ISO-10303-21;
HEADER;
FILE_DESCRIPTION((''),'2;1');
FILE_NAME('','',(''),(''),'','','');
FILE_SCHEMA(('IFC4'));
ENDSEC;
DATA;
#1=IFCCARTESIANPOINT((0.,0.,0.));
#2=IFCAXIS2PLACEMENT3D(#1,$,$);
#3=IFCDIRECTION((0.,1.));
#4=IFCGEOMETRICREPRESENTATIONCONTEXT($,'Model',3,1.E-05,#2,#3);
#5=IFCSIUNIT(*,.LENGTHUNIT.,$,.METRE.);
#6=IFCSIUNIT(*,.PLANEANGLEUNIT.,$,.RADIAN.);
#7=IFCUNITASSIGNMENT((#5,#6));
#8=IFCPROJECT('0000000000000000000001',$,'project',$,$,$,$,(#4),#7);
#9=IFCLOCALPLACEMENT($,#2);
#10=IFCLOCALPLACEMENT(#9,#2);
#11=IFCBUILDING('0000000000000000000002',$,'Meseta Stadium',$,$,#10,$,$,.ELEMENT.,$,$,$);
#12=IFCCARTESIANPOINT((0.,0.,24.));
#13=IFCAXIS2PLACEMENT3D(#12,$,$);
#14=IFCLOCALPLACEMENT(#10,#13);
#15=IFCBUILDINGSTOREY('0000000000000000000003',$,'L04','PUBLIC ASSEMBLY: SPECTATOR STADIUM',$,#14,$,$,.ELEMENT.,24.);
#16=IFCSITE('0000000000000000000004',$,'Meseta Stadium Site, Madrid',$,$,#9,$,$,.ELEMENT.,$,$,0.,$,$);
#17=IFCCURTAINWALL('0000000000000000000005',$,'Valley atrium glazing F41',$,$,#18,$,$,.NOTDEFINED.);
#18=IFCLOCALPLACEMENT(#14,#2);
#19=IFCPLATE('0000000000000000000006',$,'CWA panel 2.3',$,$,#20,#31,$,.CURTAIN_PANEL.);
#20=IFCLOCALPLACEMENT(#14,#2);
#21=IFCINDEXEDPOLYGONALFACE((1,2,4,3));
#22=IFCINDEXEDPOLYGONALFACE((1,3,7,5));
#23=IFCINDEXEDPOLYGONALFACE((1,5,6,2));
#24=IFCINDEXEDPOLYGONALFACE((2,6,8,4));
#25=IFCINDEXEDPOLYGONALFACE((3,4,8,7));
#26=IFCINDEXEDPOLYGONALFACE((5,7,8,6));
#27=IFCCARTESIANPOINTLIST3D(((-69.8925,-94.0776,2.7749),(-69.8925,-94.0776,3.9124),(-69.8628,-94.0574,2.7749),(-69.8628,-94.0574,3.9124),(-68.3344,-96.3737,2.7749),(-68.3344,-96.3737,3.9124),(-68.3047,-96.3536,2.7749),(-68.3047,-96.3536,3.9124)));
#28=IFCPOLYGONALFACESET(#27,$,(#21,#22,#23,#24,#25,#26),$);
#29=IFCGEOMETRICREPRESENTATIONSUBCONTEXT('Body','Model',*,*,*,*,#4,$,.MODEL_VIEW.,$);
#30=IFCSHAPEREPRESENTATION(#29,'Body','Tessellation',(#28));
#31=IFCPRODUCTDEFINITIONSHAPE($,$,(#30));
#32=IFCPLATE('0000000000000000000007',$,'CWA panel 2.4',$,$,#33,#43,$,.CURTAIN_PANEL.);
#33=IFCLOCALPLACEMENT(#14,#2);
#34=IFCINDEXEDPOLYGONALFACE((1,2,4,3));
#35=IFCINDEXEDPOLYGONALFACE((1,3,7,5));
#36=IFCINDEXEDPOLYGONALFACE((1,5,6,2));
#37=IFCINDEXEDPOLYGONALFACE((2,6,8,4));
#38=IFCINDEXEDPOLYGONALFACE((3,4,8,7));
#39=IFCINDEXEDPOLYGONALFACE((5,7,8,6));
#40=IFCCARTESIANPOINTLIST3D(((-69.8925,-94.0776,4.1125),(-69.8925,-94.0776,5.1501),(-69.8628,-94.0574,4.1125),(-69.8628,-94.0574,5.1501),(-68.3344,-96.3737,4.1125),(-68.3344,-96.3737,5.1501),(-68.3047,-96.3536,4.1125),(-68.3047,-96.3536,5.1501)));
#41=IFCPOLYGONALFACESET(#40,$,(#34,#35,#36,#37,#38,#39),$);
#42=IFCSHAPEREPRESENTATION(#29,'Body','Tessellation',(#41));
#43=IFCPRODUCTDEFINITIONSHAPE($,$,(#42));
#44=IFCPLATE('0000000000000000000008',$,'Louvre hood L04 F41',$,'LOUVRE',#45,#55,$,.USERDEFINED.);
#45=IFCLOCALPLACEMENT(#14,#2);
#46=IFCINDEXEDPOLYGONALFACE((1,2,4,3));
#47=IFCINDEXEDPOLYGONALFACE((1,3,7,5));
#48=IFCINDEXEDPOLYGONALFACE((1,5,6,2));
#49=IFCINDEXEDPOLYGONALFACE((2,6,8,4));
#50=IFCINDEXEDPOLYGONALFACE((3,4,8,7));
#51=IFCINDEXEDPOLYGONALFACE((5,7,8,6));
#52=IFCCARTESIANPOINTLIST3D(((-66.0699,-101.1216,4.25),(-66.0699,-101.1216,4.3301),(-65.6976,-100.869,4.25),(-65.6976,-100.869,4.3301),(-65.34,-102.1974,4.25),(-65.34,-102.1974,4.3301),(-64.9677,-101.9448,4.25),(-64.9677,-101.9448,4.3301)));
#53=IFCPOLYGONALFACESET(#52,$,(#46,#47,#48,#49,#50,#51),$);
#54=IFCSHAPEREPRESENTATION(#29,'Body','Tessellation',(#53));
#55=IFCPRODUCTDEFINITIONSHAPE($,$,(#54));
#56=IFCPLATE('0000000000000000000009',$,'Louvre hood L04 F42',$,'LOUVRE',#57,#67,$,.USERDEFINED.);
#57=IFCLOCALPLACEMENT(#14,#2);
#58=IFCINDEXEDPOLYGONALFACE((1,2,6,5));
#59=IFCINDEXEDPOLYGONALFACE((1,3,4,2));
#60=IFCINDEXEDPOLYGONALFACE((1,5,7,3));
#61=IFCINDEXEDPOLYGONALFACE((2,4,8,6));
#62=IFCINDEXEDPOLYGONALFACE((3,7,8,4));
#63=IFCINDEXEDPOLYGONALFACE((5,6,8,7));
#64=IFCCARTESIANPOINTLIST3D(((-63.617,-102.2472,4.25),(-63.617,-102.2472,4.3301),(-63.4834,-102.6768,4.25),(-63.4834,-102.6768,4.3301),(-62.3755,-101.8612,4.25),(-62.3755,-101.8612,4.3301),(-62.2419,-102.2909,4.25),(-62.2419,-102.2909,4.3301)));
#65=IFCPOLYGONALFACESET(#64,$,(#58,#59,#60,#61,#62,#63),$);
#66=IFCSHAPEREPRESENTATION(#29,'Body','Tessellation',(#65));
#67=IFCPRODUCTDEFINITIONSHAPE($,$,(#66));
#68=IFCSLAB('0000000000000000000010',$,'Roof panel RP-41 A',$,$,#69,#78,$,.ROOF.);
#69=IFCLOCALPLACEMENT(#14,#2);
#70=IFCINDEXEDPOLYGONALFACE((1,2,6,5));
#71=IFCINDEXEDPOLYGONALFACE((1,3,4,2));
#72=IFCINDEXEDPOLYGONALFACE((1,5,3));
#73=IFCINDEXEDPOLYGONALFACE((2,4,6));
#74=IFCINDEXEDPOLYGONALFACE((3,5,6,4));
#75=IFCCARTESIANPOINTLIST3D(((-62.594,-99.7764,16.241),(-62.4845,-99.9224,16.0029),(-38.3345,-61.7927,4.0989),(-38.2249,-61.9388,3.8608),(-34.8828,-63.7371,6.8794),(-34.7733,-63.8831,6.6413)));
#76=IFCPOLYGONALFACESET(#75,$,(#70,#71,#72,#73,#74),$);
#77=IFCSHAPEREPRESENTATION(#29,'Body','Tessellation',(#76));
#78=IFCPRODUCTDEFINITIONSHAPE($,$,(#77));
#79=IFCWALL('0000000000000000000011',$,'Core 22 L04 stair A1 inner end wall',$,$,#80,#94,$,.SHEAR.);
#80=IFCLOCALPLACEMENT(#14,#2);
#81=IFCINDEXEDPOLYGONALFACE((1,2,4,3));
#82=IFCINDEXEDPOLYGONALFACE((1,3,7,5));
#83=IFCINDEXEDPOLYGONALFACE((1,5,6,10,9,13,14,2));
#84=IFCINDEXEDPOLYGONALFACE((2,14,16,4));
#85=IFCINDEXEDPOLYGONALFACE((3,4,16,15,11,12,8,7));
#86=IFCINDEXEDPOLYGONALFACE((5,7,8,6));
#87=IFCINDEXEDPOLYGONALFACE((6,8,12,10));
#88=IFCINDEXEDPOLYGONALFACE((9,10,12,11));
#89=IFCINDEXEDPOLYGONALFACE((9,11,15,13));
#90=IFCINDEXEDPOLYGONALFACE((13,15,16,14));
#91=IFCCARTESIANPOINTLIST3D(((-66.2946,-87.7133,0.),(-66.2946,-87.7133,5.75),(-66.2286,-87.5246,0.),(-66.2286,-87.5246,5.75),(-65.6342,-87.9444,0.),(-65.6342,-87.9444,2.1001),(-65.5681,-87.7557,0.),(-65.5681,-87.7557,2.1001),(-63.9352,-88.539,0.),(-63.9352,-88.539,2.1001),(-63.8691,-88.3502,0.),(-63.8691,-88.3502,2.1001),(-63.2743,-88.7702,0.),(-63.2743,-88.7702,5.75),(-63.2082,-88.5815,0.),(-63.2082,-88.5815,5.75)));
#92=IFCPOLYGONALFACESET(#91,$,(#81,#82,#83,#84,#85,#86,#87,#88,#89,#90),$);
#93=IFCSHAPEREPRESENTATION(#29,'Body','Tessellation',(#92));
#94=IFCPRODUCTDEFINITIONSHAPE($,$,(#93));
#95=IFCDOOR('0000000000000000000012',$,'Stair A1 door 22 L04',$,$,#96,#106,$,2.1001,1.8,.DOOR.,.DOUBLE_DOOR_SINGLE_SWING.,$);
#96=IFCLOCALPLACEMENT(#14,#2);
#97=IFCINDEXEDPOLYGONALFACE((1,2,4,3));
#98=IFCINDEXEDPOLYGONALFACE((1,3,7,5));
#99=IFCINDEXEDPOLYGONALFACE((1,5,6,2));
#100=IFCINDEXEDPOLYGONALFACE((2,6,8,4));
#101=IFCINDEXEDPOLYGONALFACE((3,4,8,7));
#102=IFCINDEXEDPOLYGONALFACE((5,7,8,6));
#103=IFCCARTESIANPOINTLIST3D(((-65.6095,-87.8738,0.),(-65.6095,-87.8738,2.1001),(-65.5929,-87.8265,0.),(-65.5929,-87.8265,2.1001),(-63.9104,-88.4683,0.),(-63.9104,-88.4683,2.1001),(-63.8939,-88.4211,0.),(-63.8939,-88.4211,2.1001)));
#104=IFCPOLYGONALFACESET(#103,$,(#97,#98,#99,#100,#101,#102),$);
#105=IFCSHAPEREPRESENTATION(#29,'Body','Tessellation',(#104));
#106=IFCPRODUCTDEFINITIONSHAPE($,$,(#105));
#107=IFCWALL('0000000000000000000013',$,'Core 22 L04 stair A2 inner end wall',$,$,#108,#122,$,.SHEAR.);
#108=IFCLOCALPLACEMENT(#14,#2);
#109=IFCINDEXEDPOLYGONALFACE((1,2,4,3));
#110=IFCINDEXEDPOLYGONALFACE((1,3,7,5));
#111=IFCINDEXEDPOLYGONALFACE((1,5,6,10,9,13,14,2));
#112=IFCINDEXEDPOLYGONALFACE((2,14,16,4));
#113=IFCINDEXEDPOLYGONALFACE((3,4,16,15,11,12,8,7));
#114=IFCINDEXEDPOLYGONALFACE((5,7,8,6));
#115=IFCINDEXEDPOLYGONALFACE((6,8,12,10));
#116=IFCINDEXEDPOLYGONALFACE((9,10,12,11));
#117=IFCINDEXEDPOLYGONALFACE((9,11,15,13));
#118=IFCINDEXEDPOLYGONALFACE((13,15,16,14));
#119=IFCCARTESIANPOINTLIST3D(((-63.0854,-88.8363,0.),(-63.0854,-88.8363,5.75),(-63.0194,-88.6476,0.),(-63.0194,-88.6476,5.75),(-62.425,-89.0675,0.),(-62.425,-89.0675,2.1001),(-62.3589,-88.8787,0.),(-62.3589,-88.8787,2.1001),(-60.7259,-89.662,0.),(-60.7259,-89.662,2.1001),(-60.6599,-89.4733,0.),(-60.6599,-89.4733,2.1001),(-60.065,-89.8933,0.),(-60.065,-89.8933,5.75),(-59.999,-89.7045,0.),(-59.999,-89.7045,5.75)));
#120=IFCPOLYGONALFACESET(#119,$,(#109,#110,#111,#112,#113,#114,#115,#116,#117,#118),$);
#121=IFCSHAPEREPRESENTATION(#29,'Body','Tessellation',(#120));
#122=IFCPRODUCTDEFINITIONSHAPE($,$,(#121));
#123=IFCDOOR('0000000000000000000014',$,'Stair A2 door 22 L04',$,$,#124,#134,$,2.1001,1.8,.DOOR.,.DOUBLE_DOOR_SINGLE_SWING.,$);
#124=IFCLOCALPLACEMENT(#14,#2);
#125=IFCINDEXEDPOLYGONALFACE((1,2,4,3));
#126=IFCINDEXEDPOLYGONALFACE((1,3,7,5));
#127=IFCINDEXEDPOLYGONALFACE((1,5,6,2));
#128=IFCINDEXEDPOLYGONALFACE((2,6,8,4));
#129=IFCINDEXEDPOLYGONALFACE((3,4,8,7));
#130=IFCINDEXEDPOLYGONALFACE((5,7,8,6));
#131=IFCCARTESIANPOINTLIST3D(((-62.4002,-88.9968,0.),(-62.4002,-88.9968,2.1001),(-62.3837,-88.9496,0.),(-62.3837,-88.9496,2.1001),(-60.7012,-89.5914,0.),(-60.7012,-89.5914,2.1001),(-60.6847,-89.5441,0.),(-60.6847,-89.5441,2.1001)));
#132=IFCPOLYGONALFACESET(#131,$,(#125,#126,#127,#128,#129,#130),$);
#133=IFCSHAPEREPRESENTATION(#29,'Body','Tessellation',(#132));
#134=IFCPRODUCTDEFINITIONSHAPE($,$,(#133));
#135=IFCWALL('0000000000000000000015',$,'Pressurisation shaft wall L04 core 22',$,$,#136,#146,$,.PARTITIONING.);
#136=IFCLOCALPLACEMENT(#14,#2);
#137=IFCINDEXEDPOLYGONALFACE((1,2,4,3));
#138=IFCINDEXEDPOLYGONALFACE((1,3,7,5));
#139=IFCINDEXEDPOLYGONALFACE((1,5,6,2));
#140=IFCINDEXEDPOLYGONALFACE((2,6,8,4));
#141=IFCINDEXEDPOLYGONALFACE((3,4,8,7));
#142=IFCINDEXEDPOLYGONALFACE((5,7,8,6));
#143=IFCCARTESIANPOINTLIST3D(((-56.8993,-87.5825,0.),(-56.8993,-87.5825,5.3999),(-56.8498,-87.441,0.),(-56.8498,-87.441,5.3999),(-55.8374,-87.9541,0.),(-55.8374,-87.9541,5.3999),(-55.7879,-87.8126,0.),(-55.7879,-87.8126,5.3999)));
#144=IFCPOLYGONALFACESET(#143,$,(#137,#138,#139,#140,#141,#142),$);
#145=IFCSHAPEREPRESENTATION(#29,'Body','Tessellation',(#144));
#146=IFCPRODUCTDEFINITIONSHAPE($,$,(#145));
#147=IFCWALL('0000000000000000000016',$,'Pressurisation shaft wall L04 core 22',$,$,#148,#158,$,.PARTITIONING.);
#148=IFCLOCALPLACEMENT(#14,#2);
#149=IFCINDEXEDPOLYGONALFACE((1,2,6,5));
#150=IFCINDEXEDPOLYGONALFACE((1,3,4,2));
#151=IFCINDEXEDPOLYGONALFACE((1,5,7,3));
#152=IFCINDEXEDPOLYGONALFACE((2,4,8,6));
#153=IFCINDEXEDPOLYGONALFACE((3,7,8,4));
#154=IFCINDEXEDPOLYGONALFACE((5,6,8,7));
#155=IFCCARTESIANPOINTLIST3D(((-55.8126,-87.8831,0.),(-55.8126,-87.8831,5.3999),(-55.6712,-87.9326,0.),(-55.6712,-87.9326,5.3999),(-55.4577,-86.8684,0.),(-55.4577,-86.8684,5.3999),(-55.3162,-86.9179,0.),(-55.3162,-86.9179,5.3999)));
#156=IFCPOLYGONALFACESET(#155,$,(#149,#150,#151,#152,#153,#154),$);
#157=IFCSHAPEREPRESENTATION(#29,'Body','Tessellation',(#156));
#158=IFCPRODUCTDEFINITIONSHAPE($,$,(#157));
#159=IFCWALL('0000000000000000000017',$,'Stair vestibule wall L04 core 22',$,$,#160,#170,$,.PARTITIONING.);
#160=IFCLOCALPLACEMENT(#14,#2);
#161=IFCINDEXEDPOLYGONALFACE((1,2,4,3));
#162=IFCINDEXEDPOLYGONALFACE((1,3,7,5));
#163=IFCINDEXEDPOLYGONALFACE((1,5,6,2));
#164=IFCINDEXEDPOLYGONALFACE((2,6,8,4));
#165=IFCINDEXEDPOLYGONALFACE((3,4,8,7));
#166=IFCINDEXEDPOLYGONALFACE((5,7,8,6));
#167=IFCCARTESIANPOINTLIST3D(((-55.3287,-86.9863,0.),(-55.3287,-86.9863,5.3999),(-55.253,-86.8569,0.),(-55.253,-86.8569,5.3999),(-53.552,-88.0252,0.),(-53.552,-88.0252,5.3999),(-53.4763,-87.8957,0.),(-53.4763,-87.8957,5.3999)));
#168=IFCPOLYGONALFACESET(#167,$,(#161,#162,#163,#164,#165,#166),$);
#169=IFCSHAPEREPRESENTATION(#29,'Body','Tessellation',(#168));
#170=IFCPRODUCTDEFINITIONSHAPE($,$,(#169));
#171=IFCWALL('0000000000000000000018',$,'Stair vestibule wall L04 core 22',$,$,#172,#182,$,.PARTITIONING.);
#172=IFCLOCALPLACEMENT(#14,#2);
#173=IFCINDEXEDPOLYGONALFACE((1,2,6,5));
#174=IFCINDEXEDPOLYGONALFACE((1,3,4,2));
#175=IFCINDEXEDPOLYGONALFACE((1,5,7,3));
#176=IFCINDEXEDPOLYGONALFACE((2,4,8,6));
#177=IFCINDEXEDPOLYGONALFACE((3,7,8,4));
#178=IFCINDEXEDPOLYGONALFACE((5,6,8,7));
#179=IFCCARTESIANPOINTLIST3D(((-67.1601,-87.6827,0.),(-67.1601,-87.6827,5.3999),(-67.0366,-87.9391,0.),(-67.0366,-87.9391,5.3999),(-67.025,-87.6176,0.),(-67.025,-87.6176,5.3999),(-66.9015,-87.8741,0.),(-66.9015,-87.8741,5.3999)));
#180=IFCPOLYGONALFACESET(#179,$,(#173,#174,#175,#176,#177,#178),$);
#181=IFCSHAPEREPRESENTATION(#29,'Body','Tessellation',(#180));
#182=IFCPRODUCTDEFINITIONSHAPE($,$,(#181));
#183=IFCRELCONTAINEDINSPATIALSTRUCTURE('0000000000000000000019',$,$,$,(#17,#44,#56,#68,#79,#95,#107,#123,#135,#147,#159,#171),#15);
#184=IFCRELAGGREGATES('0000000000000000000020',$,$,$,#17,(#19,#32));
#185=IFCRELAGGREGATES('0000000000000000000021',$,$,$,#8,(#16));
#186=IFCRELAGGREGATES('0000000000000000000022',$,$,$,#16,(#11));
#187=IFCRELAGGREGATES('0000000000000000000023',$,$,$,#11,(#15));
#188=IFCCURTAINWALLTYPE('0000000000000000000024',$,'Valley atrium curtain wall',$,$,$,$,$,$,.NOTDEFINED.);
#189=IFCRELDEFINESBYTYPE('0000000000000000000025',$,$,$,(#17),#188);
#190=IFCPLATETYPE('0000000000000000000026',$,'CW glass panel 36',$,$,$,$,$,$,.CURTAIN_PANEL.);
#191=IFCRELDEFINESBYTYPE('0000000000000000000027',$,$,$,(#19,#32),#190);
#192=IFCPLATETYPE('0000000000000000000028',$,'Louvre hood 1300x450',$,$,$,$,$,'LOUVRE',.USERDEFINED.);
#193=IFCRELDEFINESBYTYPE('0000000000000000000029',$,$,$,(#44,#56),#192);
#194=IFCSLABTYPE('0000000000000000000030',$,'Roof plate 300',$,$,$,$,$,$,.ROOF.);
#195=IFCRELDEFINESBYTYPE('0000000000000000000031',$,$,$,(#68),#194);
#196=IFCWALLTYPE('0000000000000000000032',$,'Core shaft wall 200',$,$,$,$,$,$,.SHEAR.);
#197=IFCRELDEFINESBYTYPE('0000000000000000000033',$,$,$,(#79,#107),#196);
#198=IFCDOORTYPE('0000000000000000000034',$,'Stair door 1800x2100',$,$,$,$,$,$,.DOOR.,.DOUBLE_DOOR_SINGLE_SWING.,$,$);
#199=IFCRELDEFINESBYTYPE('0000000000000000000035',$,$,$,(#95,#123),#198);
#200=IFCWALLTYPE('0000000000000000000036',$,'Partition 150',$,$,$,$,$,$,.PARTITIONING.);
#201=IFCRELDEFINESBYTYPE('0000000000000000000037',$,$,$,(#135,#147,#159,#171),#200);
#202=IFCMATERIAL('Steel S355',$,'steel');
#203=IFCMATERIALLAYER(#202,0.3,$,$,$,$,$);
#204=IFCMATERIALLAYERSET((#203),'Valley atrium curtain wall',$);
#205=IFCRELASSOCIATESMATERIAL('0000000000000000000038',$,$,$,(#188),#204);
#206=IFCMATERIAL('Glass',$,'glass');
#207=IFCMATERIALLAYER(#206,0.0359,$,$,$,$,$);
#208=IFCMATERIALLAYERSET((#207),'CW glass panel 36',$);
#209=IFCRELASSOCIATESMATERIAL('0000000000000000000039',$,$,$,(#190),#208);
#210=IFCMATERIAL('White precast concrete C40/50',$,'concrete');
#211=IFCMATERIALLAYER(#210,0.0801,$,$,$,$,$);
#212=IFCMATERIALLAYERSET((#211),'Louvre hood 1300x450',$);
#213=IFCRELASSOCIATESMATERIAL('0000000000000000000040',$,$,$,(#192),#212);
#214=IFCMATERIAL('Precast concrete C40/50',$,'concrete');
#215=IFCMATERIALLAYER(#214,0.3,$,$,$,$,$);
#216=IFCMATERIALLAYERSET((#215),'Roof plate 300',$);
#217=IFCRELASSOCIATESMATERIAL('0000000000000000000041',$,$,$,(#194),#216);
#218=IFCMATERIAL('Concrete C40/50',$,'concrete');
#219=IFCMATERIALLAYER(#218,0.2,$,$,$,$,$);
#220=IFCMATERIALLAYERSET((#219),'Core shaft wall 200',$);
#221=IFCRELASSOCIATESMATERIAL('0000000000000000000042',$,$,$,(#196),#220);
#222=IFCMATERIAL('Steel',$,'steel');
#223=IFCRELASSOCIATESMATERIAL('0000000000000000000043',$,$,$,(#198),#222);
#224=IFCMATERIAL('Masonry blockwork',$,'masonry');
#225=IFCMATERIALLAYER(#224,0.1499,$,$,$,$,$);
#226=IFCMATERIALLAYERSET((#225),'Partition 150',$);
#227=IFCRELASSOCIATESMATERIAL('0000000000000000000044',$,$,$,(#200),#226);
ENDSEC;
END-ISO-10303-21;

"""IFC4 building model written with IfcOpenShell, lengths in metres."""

from ifc_helpers import new_model, si_unit, direction, frame, frame_2d, origin, origin_2d, place, context, subcontext, project, spatial, polyline, rectangle, outline, extrude, material, layer, layer_set, type_object, element, fill, aggregate, save


model = new_model("IFC4")

# Units and contexts
model_context = context("Model", 3, precision=1e-05, world=origin(), true_north=direction((0.0, 1.0)))
body_context = subcontext(model_context, "Body", "Model", "MODEL_VIEW")
ifc_project = project(units=[si_unit("LENGTHUNIT", "METRE"), si_unit("PLANEANGLEUNIT", "RADIAN")], contexts=[model_context])

# Site, building, storey
site_placement = place(None, origin())
site = spatial("IfcSite", under=ifc_project, at=site_placement, Name="Meseta Stadium Site, Madrid", CompositionType="ELEMENT", RefElevation=0.0)
building_placement = place(site_placement, origin())
building = spatial("IfcBuilding", under=site, at=building_placement, Name="Meseta Stadium", CompositionType="ELEMENT")
storey_placement = place(building_placement, frame((0.0, 0.0, 24.0)))
storey = spatial("IfcBuildingStorey", under=building, at=storey_placement, Name="L04", Description="PUBLIC ASSEMBLY: SPECTATOR STADIUM", CompositionType="ELEMENT", Elevation=24.0)

# Curtain wall, plates
ifc_material_1 = material(Name="Steel S355", Category="steel")
ifc_layer_1 = layer(ifc_material_1, 0.3)
ifc_layer_set_1 = layer_set([ifc_layer_1], Name="Valley atrium curtain wall")
curtain_wall_type = type_object("IfcCurtainWallType", Name="Valley atrium curtain wall", PredefinedType="NOTDEFINED", material=ifc_layer_set_1)
curtain_wall_placement = place(storey_placement, origin())
curtain_wall = element("IfcCurtainWall", 1, at=curtain_wall_placement, inside=storey, type_object=curtain_wall_type, Name="Valley atrium glazing F41", PredefinedType="NOTDEFINED")
ifc_material_2 = material(Name="Glass", Category="glass")
ifc_layer_2 = layer(ifc_material_2, 0.0359)
ifc_layer_set_2 = layer_set([ifc_layer_2], Name="CW glass panel 36")
plate_type_1 = type_object("IfcPlateType", Name="CW glass panel 36", PredefinedType="CURTAIN_PANEL", material=ifc_layer_set_2)
plate_1_placement = place(storey_placement, frame((-69.0986, -95.2156, 2.7749), z_axis=(0.0, 0.0, 1.0), x_axis=(0.56149, -0.827483, 0.0)))
plate_1 = element("IfcPlate", 2, at=plate_1_placement, type_object=plate_type_1, Name="CWA panel 2.3", PredefinedType="CURTAIN_PANEL", context=body_context, shape_type="SweptSolid", body=[
    extrude(rectangle(XDim=2.7749, YDim=0.0359, at=origin_2d()), origin(), (0.0, 0.0, 1.0), 1.1375),
])
plate_2_placement = place(storey_placement, frame((-69.0986, -95.2156, 4.1125), z_axis=(0.0, 0.0, 1.0), x_axis=(0.56149, -0.827483, 0.0)))
plate_2 = element("IfcPlate", 3, at=plate_2_placement, type_object=plate_type_1, Name="CWA panel 2.4", PredefinedType="CURTAIN_PANEL", context=body_context, shape_type="SweptSolid", body=[
    extrude(rectangle(XDim=2.7749, YDim=0.0359, at=origin_2d()), origin(), (0.0, 0.0, 1.0), 1.0376),
])
aggregate(curtain_wall, [plate_1, plate_2])

# Plates
ifc_material_3 = material(Name="White precast concrete C40/50", Category="concrete")
ifc_layer_3 = layer(ifc_material_3, 0.0801)
ifc_layer_set_3 = layer_set([ifc_layer_3], Name="Louvre hood 1300x450")
plate_type_2 = type_object("IfcPlateType", Name="Louvre hood 1300x450", ElementType="LOUVRE", PredefinedType="USERDEFINED", material=ifc_layer_set_3)
for number, where, z_axis, x_axis, name in (
    (4, (-65.5188, -101.5332, 4.25), (0.0, 0.0, 1.0), (0.56149, -0.827483, 0.0), "Louvre hood L04 F41"),
    (5, (-62.9294, -102.269, 4.25), (0.0, 0.0, 1.0), (0.954918, 0.296869, 0.0), "Louvre hood L04 F42"),
):
    element("IfcPlate", number, at=place(storey_placement, frame(where, z_axis=z_axis, x_axis=x_axis)), inside=storey, type_object=plate_type_2, Name=name, ObjectType="LOUVRE", PredefinedType="USERDEFINED", context=body_context, shape_type="SweptSolid", body=[
        extrude(rectangle(XDim=1.3, YDim=0.45, at=origin_2d()), origin(), (0.0, 0.0, 1.0), 0.0801),
    ])

# Slab
ifc_material_4 = material(Name="Precast concrete C40/50", Category="concrete")
ifc_layer_4 = layer(ifc_material_4, 0.3)
ifc_layer_set_4 = layer_set([ifc_layer_4], Name="Roof plate 300")
slab_type = type_object("IfcSlabType", Name="Roof plate 300", PredefinedType="ROOF", material=ifc_layer_set_4)
slab_placement = place(storey_placement, frame((-62.594, -99.7764, 16.241), z_axis=(-0.365038, 0.486821, 0.793569), x_axis=(0.519735, 0.813761, -0.260132)))
element("IfcSlab", 6, at=slab_placement, inside=storey, type_object=slab_type, Name="Roof panel RP-41 A", PredefinedType="ROOF", context=body_context, shape_type="SweptSolid", body=[
    extrude(outline(polyline([(0.0, 0.0), (46.6767, 0.0), (46.1651, -4.8129), (0.0, 0.0)])), origin(), (0.0, 0.0, -1.0), 0.3),
])

# Walls, openings, doors
ifc_material_5 = material(Name="Concrete C40/50", Category="concrete")
ifc_layer_5 = layer(ifc_material_5, 0.2)
ifc_layer_set_5 = layer_set([ifc_layer_5], Name="Core shaft wall 200")
wall_type_1 = type_object("IfcWallType", Name="Core shaft wall 200", PredefinedType="SHEAR", material=ifc_layer_set_5)
wall_1_placement = place(storey_placement, frame((-66.2617, -87.6189, 0.0), z_axis=(0.0, 0.0, 1.0), x_axis=(0.943879, -0.330293, 0.0)))
wall_1 = element("IfcWall", 7, at=wall_1_placement, inside=storey, type_object=wall_type_1, Name="Core 22 L04 stair A1 inner end wall", PredefinedType="SHEAR", context=body_context, shape_type="SweptSolid", body=[
    extrude(rectangle(XDim=3.2, YDim=0.2, at=frame_2d((1.6001, 0.0))), origin(), (0.0, 0.0, 1.0), 5.75),
])
opening_1_placement = place(wall_1_placement, frame((0.7, 0.0, 0.0)))
opening_1 = element("IfcOpeningElement", 8, at=opening_1_placement, cuts=wall_1, PredefinedType="OPENING", context=body_context, shape_type="SweptSolid", body=[
    extrude(rectangle(XDim=1.8, YDim=2.1001, at=frame_2d((0.8999, 1.05))), frame((0.0, 0.1099, 0.0), z_axis=(0.0, -1.0, 0.0), x_axis=(1.0, 0.0, 0.0)), (0.0, 0.0, 1.0), 0.22),
])
ifc_material_6 = material(Name="Steel", Category="steel")
door_type = type_object("IfcDoorType", Name="Stair door 1800x2100", OperationType="DOUBLE_DOOR_SINGLE_SWING", PredefinedType="DOOR", material=ifc_material_6)
door_1_placement = place(opening_1_placement, origin())
door_1 = element("IfcDoor", 9, at=door_1_placement, inside=storey, type_object=door_type, Name="Stair A1 door 22 L04", OperationType="DOUBLE_DOOR_SINGLE_SWING", OverallHeight=2.1001, OverallWidth=1.8, PredefinedType="DOOR", context=body_context, shape_type="SweptSolid", body=[
    extrude(rectangle(XDim=1.8, YDim=2.1001, at=frame_2d((0.8999, 1.05))), frame((0.0, 0.0249, 0.0), z_axis=(0.0, -1.0, 0.0), x_axis=(1.0, 0.0, 0.0)), (0.0, 0.0, 1.0), 0.05),
])
fill(opening_1, door_1)
wall_2_placement = place(storey_placement, frame((-63.0525, -88.7419, 0.0), z_axis=(0.0, 0.0, 1.0), x_axis=(0.943879, -0.330293, 0.0)))
wall_2 = element("IfcWall", 10, at=wall_2_placement, inside=storey, type_object=wall_type_1, Name="Core 22 L04 stair A2 inner end wall", PredefinedType="SHEAR", context=body_context, shape_type="SweptSolid", body=[
    extrude(rectangle(XDim=3.2, YDim=0.2, at=frame_2d((1.6001, 0.0))), origin(), (0.0, 0.0, 1.0), 5.75),
])
opening_2_placement = place(wall_2_placement, frame((0.7, 0.0, 0.0)))
opening_2 = element("IfcOpeningElement", 11, at=opening_2_placement, cuts=wall_2, PredefinedType="OPENING", context=body_context, shape_type="SweptSolid", body=[
    extrude(rectangle(XDim=1.8, YDim=2.1001, at=frame_2d((0.8999, 1.05))), frame((0.0, 0.1099, 0.0), z_axis=(0.0, -1.0, 0.0), x_axis=(1.0, 0.0, 0.0)), (0.0, 0.0, 1.0), 0.22),
])
door_2_placement = place(opening_2_placement, origin())
door_2 = element("IfcDoor", 12, at=door_2_placement, inside=storey, type_object=door_type, Name="Stair A2 door 22 L04", OperationType="DOUBLE_DOOR_SINGLE_SWING", OverallHeight=2.1001, OverallWidth=1.8, PredefinedType="DOOR", context=body_context, shape_type="SweptSolid", body=[
    extrude(rectangle(XDim=1.8, YDim=2.1001, at=frame_2d((0.8999, 1.05))), frame((0.0, 0.0249, 0.0), z_axis=(0.0, -1.0, 0.0), x_axis=(1.0, 0.0, 0.0)), (0.0, 0.0, 1.0), 0.05),
])
fill(opening_2, door_2)

# Walls
ifc_material_7 = material(Name="Masonry blockwork", Category="masonry")
ifc_layer_6 = layer(ifc_material_7, 0.1499)
ifc_layer_set_6 = layer_set([ifc_layer_6], Name="Partition 150")
wall_type_2 = type_object("IfcWallType", Name="Partition 150", PredefinedType="PARTITIONING", material=ifc_layer_set_6)
wall_3_placement = place(storey_placement, frame((-56.8745, -87.5117, 0.0), z_axis=(0.0, 0.0, 1.0), x_axis=(0.943869, -0.330321, 0.0)))
element("IfcWall", 13, at=wall_3_placement, inside=storey, type_object=wall_type_2, Name="Pressurisation shaft wall L04 core 22", PredefinedType="PARTITIONING", context=body_context, shape_type="SweptSolid", body=[
    extrude(rectangle(XDim=1.125, YDim=0.1499, at=frame_2d((0.5625, 0.0))), origin(), (0.0, 0.0, 1.0), 5.3999),
])
wall_4_placement = place(storey_placement, frame((-55.7419, -87.908, 0.0), z_axis=(0.0, 0.0, 1.0), x_axis=(0.330229, 0.943901, 0.0)))
element("IfcWall", 14, at=wall_4_placement, inside=storey, type_object=wall_type_2, Name="Pressurisation shaft wall L04 core 22", PredefinedType="PARTITIONING", context=body_context, shape_type="SweptSolid", body=[
    extrude(rectangle(XDim=1.075, YDim=0.1499, at=frame_2d((0.5376, 0.0))), origin(), (0.0, 0.0, 1.0), 5.3999),
])
wall_5_placement = place(storey_placement, frame((-53.5142, -87.9604, 0.0), z_axis=(0.0, 0.0, 1.0), x_axis=(-0.863258, 0.504763, 0.0)))
element("IfcWall", 15, at=wall_5_placement, inside=storey, type_object=wall_type_2, Name="Stair vestibule wall L04 core 22", PredefinedType="PARTITIONING", context=body_context, shape_type="SweptSolid", body=[
    extrude(rectangle(XDim=2.0581, YDim=0.1499, at=frame_2d((1.0291, 0.0))), origin(), (0.0, 0.0, 1.0), 5.3999),
])
wall_6_placement = place(storey_placement, frame((-67.0925, -87.6501, 0.0), z_axis=(0.0, 0.0, 1.0), x_axis=(0.43379, -0.901014, 0.0)))
element("IfcWall", 16, at=wall_6_placement, inside=storey, type_object=wall_type_2, Name="Stair vestibule wall L04 core 22", PredefinedType="PARTITIONING", context=body_context, shape_type="SweptSolid", body=[
    extrude(rectangle(XDim=0.2847, YDim=0.1499, at=frame_2d((0.1423, 0.0))), origin(), (0.0, 0.0, 1.0), 5.3999),
])

save(model, "model.ifc")
